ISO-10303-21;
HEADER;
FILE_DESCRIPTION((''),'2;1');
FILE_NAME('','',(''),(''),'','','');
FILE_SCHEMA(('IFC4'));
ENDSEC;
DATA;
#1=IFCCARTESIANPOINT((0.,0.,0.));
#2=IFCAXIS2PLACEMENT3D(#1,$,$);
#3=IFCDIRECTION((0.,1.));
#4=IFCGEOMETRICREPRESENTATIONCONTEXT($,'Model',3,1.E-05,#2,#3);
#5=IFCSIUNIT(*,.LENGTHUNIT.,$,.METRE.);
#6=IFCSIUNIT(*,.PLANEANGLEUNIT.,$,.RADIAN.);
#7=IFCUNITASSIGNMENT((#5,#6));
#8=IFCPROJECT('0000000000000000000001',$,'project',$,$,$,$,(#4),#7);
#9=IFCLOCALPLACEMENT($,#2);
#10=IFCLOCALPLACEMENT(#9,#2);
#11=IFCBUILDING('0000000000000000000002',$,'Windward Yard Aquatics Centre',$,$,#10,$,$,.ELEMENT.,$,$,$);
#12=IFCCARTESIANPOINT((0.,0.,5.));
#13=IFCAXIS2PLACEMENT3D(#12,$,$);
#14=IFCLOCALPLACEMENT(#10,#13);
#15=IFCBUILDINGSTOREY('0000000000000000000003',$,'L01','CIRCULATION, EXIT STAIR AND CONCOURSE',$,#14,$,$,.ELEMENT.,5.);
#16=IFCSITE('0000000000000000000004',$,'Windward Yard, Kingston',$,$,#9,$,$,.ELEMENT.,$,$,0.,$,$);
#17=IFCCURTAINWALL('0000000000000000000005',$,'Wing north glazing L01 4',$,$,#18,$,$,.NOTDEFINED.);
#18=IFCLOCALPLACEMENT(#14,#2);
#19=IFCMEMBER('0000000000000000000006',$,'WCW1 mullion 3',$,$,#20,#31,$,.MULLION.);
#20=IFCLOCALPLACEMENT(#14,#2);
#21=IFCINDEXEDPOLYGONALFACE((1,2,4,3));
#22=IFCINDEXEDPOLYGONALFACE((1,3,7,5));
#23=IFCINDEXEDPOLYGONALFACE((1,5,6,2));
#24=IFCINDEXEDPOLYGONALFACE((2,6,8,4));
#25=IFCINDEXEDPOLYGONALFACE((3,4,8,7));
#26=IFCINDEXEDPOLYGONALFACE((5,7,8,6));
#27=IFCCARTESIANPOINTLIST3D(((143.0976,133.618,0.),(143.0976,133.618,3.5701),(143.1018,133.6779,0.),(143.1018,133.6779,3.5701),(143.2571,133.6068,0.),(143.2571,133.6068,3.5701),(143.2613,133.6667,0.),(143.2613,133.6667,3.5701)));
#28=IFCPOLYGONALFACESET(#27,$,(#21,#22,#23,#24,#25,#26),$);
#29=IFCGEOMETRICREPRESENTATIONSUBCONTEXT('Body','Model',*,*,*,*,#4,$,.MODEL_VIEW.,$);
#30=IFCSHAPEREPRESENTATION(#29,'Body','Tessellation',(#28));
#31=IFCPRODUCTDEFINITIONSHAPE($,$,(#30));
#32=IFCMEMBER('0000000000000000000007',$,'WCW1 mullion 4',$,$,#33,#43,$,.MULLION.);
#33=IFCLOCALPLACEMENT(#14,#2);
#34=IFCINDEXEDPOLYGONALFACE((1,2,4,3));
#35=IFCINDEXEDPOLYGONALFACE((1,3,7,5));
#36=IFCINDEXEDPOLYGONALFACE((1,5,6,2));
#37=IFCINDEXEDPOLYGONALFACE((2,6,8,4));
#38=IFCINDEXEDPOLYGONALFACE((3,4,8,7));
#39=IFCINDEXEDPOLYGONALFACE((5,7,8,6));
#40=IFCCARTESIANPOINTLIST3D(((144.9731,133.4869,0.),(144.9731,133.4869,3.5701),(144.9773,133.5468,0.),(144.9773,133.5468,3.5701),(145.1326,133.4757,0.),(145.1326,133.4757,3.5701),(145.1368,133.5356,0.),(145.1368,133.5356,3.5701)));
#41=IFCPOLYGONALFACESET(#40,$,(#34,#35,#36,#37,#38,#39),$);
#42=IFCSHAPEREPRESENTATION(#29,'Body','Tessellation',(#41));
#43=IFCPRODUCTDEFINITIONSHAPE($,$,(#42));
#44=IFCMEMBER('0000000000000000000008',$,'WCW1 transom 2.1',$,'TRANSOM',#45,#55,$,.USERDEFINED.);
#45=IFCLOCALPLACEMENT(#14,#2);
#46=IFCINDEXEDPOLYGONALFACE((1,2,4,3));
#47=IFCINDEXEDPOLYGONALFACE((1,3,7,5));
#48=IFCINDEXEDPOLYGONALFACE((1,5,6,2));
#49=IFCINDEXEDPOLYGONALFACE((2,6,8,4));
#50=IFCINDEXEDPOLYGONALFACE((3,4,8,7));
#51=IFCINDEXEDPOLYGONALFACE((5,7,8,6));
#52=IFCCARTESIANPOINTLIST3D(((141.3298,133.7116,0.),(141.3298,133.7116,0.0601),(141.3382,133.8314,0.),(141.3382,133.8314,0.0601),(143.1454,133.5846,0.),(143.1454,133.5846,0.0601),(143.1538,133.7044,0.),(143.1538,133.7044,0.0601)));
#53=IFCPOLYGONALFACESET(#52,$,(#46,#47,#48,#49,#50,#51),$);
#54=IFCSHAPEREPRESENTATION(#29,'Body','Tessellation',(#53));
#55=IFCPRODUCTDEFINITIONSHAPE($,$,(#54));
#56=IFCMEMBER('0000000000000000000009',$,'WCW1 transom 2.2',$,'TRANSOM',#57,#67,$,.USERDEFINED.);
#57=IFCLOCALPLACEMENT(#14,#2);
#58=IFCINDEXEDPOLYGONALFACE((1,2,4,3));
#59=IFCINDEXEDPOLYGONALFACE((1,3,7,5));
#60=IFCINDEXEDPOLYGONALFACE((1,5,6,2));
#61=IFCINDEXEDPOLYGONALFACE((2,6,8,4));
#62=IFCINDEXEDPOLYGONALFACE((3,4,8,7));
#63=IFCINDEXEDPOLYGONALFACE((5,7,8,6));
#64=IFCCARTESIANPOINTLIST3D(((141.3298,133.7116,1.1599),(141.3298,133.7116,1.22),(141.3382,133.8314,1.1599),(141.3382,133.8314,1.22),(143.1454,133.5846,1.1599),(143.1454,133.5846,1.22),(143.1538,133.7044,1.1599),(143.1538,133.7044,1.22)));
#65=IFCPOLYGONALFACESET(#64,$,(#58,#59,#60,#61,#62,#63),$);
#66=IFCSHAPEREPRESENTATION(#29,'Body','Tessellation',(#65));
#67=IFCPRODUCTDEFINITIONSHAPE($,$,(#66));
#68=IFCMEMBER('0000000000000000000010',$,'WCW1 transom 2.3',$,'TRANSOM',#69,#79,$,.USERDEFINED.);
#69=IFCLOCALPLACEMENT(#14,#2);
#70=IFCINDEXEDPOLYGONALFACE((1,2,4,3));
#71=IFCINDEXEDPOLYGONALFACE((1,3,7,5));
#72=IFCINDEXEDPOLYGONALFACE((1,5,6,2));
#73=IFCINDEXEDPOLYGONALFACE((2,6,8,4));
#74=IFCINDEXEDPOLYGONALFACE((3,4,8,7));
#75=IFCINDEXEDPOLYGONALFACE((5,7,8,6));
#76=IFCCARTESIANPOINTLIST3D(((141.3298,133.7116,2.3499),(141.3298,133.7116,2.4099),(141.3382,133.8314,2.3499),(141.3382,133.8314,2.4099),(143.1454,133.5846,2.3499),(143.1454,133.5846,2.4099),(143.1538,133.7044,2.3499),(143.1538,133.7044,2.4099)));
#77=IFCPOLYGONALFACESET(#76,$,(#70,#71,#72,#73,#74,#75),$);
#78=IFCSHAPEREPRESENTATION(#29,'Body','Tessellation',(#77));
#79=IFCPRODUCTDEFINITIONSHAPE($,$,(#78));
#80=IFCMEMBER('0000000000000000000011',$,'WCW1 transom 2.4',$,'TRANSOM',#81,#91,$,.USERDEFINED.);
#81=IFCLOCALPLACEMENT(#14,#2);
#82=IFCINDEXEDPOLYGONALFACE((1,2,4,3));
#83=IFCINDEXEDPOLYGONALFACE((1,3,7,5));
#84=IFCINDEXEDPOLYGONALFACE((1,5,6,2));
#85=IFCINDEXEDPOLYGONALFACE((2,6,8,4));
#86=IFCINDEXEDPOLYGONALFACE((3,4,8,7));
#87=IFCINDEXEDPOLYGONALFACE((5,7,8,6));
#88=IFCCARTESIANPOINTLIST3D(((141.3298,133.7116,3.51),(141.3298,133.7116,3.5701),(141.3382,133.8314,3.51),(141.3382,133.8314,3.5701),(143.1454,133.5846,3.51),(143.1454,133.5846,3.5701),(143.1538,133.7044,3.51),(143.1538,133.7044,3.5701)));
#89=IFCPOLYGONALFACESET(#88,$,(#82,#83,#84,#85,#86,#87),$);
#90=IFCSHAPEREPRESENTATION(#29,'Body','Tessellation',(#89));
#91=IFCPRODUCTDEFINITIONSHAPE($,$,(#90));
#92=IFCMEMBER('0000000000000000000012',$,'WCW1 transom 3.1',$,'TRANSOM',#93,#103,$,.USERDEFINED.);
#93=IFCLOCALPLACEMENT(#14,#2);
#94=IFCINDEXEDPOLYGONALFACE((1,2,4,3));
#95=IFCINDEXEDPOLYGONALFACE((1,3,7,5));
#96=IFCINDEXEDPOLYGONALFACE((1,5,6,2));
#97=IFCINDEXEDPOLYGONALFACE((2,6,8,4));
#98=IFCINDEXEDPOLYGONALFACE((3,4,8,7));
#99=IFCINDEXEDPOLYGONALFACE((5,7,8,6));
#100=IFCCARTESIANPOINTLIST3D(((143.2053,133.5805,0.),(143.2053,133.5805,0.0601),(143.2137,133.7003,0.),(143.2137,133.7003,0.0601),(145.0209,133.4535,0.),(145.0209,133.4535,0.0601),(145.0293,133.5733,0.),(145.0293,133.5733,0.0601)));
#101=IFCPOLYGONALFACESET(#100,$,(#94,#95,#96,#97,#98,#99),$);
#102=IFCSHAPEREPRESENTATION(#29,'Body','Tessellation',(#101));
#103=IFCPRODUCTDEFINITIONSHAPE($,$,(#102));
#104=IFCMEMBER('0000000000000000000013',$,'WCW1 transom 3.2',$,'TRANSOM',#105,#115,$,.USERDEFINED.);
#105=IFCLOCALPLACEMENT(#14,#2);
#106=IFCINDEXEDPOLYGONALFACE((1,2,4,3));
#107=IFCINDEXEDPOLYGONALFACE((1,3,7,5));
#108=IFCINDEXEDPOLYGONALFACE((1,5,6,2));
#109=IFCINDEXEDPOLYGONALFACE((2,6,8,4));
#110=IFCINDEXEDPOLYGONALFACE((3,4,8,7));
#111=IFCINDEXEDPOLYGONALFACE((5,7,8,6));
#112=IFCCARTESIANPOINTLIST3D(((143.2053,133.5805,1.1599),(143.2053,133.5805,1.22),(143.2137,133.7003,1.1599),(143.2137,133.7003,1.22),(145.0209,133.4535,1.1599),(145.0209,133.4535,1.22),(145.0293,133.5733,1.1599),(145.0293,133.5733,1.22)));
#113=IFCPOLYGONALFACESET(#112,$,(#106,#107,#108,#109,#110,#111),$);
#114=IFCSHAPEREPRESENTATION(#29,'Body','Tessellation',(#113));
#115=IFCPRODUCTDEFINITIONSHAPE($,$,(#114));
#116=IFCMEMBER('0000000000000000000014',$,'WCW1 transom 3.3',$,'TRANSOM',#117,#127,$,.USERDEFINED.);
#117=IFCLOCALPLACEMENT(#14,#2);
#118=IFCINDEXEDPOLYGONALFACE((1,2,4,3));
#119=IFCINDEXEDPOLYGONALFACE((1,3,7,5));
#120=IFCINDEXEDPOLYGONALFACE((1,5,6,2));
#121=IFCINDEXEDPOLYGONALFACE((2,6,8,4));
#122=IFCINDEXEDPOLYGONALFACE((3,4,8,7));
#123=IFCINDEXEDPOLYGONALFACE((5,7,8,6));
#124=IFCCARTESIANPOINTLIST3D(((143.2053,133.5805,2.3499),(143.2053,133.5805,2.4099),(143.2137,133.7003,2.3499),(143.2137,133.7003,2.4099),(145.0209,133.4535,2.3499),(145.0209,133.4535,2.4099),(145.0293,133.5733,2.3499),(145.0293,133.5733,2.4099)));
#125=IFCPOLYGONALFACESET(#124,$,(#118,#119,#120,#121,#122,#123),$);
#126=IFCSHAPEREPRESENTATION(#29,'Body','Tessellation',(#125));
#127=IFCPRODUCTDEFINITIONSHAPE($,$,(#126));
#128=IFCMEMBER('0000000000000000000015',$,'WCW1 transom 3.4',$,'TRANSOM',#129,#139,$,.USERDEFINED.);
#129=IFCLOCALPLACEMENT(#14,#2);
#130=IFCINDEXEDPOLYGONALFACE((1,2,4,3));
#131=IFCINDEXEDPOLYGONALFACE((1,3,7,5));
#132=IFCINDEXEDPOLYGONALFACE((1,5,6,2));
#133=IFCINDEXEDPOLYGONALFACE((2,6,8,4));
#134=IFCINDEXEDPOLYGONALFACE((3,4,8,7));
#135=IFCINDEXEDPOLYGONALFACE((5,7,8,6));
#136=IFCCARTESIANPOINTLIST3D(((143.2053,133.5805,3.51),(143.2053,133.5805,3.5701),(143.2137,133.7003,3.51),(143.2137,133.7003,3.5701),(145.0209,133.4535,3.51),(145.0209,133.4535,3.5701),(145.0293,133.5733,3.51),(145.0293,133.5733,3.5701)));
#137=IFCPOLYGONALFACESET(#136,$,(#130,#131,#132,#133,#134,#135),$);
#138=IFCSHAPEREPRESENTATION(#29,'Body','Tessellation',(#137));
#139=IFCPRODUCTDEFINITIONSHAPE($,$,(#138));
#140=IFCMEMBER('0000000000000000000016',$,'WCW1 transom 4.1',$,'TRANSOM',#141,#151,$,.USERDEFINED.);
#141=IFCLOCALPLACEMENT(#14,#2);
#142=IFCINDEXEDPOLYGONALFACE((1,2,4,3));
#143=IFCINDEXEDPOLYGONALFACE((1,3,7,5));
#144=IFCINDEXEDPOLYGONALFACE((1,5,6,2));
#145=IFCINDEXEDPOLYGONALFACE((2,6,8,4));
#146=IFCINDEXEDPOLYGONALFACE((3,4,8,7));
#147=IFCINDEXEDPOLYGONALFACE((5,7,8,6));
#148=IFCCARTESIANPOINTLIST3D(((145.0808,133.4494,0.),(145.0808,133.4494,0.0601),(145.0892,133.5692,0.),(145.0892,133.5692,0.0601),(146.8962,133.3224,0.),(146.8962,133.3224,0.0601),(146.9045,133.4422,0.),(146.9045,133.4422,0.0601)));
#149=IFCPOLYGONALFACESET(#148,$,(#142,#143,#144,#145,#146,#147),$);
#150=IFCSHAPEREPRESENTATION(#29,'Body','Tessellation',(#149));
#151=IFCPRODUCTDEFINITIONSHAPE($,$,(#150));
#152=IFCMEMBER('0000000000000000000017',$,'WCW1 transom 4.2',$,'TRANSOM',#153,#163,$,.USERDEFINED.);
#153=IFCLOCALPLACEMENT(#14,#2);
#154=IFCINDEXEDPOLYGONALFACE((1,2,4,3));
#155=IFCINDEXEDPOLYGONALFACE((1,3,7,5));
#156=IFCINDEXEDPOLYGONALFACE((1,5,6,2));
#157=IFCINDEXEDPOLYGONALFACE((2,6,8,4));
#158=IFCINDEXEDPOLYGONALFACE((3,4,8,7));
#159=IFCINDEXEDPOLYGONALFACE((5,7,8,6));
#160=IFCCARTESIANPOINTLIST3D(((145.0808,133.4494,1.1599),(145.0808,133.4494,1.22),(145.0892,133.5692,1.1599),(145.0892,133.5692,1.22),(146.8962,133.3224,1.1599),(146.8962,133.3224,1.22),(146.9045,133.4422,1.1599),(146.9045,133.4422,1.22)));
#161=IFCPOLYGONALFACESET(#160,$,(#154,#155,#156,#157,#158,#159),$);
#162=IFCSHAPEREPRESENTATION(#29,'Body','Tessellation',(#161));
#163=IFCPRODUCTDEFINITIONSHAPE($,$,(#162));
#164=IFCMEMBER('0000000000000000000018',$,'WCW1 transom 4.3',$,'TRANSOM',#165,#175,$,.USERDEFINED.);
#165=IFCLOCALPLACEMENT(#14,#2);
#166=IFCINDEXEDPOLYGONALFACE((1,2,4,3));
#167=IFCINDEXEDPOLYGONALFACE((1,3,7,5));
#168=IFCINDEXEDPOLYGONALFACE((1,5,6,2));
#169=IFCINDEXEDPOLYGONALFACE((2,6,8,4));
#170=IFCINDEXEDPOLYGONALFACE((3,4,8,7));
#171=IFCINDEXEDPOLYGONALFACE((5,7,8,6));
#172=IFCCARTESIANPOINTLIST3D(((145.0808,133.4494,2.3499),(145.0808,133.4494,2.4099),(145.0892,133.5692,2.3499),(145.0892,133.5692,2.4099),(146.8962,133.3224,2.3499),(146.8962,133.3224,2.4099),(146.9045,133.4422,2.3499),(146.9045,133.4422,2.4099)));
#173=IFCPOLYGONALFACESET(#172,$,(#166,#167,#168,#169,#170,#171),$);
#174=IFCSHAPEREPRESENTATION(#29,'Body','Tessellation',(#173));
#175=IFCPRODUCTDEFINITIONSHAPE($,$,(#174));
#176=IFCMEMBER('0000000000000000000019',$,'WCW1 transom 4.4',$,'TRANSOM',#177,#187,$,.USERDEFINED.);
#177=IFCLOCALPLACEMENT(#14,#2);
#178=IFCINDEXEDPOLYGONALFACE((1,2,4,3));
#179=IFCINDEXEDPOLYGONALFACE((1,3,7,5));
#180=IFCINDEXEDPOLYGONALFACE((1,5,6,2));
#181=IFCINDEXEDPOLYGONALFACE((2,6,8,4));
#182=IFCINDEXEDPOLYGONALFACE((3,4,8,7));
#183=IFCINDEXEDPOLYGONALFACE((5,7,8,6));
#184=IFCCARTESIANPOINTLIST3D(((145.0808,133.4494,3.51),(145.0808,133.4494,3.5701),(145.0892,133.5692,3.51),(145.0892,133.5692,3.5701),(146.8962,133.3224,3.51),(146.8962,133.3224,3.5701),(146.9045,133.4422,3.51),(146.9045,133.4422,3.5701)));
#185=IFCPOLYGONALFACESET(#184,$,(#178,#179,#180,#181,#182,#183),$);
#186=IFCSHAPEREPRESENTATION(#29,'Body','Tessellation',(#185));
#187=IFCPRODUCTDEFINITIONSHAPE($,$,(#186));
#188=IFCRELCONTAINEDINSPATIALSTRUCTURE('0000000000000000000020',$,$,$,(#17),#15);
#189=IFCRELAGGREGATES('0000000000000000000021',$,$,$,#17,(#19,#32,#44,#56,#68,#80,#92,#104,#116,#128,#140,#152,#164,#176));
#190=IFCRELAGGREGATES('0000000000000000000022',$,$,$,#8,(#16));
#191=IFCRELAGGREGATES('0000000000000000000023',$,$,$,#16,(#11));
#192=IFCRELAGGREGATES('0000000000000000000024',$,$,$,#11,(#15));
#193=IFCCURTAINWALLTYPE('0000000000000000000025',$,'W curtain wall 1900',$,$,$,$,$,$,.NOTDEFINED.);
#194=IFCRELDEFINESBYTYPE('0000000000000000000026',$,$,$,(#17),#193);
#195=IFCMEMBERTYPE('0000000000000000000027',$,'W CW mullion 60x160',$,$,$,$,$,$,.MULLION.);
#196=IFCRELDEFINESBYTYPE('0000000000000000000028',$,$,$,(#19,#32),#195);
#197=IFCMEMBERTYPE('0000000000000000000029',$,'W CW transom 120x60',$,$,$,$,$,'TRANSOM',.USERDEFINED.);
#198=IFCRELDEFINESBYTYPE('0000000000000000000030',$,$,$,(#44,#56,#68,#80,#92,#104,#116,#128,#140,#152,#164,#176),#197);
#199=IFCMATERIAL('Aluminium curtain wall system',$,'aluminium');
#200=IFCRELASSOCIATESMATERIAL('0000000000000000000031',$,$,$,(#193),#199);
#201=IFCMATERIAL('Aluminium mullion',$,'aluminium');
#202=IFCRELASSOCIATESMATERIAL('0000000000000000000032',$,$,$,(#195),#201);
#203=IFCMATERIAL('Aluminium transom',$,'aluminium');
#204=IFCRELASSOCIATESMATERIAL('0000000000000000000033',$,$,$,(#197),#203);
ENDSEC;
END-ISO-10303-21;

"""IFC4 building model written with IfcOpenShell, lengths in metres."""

from ifc_helpers import new_model, si_unit, direction, frame, origin, origin_2d, place, context, subcontext, project, spatial, rectangle, extrude, material, material_profile, profile_set, type_object, element, aggregate, save


model = new_model("IFC4")

# Units and contexts
model_context = context("Model", 3, precision=1e-05, world=origin(), true_north=direction((0.0, 1.0)))
body_context = subcontext(model_context, "Body", "Model", "MODEL_VIEW")
ifc_project = project(units=[si_unit("LENGTHUNIT", "METRE"), si_unit("PLANEANGLEUNIT", "RADIAN")], contexts=[model_context])

# Site, building, storey
site_placement = place(None, origin())
site = spatial("IfcSite", under=ifc_project, at=site_placement, Name="Windward Yard, Kingston", CompositionType="ELEMENT", RefElevation=0.0)
building_placement = place(site_placement, origin())
building = spatial("IfcBuilding", under=site, at=building_placement, Name="Windward Yard Aquatics Centre", CompositionType="ELEMENT")
storey_placement = place(building_placement, frame((0.0, 0.0, 5.0)))
storey = spatial("IfcBuildingStorey", under=building, at=storey_placement, Name="L01", Description="CIRCULATION, EXIT STAIR AND CONCOURSE", CompositionType="ELEMENT", Elevation=5.0)

# Curtain wall, members
ifc_material_1 = material(Name="Aluminium curtain wall system", Category="aluminium")
curtain_wall_type = type_object("IfcCurtainWallType", Name="W curtain wall 1900", PredefinedType="NOTDEFINED", material=ifc_material_1)
curtain_wall_placement = place(storey_placement, origin())
curtain_wall = element("IfcCurtainWall", 1, at=curtain_wall_placement, inside=storey, type_object=curtain_wall_type, Name="Wing north glazing L01 4", PredefinedType="NOTDEFINED")
ifc_material_2 = material(Name="Aluminium mullion", Category="aluminium")
ifc_material_profile_1 = material_profile(ifc_material_2, rectangle(XDim=0.0601, YDim=0.1599, at=origin_2d()), Name="AL 60x160")
ifc_profile_set_1 = profile_set([ifc_material_profile_1], Name="Aluminium mullion")
member_type_1 = type_object("IfcMemberType", Name="W CW mullion 60x160", PredefinedType="MULLION", material=ifc_profile_set_1)
member_1_placement = place(storey_placement, frame((143.1794, 133.6423, 0.0), z_axis=(0.0, 0.0, 1.0), x_axis=(0.069755, 0.997564, 0.0)))
member_1 = element("IfcMember", 2, at=member_1_placement, type_object=member_type_1, Name="WCW1 mullion 3", PredefinedType="MULLION", context=body_context, shape_type="SweptSolid", body=[
    extrude(rectangle(XDim=0.0601, YDim=0.1599, at=origin_2d()), origin(), (0.0, 0.0, 1.0), 3.5701),
])
member_2_placement = place(storey_placement, frame((145.0549, 133.5112, 0.0), z_axis=(0.0, 0.0, 1.0), x_axis=(0.069755, 0.997564, 0.0)))
member_2 = element("IfcMember", 3, at=member_2_placement, type_object=member_type_1, Name="WCW1 mullion 4", PredefinedType="MULLION", context=body_context, shape_type="SweptSolid", body=[
    extrude(rectangle(XDim=0.0601, YDim=0.1599, at=origin_2d()), origin(), (0.0, 0.0, 1.0), 3.5701),
])
ifc_material_3 = material(Name="Aluminium transom", Category="aluminium")
ifc_material_profile_2 = material_profile(ifc_material_3, rectangle(XDim=0.1201, YDim=0.0601, at=origin_2d()), Name="AL 120x60")
ifc_profile_set_2 = profile_set([ifc_material_profile_2], Name="Aluminium transom")
member_type_2 = type_object("IfcMemberType", Name="W CW transom 120x60", ElementType="TRANSOM", PredefinedType="USERDEFINED", material=ifc_profile_set_2)
member_3_placement = place(storey_placement, frame((141.334, 133.7715, 0.03), z_axis=(0.997564, -0.06975, 0.0), x_axis=(0.06975, 0.997564, 0.0)))
member_3 = element("IfcMember", 4, at=member_3_placement, type_object=member_type_2, Name="WCW1 transom 2.1", ObjectType="TRANSOM", PredefinedType="USERDEFINED", context=body_context, shape_type="SweptSolid", body=[
    extrude(rectangle(XDim=0.1201, YDim=0.0601, at=origin_2d()), origin(), (0.0, 0.0, 1.0), 1.8201),
])
member_4_placement = place(storey_placement, frame((141.334, 133.7715, 1.1899), z_axis=(0.997564, -0.06975, 0.0), x_axis=(0.06975, 0.997564, 0.0)))
member_4 = element("IfcMember", 5, at=member_4_placement, type_object=member_type_2, Name="WCW1 transom 2.2", ObjectType="TRANSOM", PredefinedType="USERDEFINED", context=body_context, shape_type="SweptSolid", body=[
    extrude(rectangle(XDim=0.1201, YDim=0.0601, at=origin_2d()), origin(), (0.0, 0.0, 1.0), 1.8201),
])
member_5_placement = place(storey_placement, frame((141.334, 133.7715, 2.3799), z_axis=(0.997564, -0.06975, 0.0), x_axis=(0.06975, 0.997564, 0.0)))
member_5 = element("IfcMember", 6, at=member_5_placement, type_object=member_type_2, Name="WCW1 transom 2.3", ObjectType="TRANSOM", PredefinedType="USERDEFINED", context=body_context, shape_type="SweptSolid", body=[
    extrude(rectangle(XDim=0.1201, YDim=0.0601, at=origin_2d()), origin(), (0.0, 0.0, 1.0), 1.8201),
])
member_6_placement = place(storey_placement, frame((141.334, 133.7715, 3.54), z_axis=(0.997564, -0.06975, 0.0), x_axis=(0.06975, 0.997564, 0.0)))
member_6 = element("IfcMember", 7, at=member_6_placement, type_object=member_type_2, Name="WCW1 transom 2.4", ObjectType="TRANSOM", PredefinedType="USERDEFINED", context=body_context, shape_type="SweptSolid", body=[
    extrude(rectangle(XDim=0.1201, YDim=0.0601, at=origin_2d()), origin(), (0.0, 0.0, 1.0), 1.8201),
])
member_7_placement = place(storey_placement, frame((143.2095, 133.6404, 0.03), z_axis=(0.997564, -0.06975, 0.0), x_axis=(0.06975, 0.997564, 0.0)))
member_7 = element("IfcMember", 8, at=member_7_placement, type_object=member_type_2, Name="WCW1 transom 3.1", ObjectType="TRANSOM", PredefinedType="USERDEFINED", context=body_context, shape_type="SweptSolid", body=[
    extrude(rectangle(XDim=0.1201, YDim=0.0601, at=origin_2d()), origin(), (0.0, 0.0, 1.0), 1.8201),
])
member_8_placement = place(storey_placement, frame((143.2095, 133.6404, 1.1899), z_axis=(0.997564, -0.06975, 0.0), x_axis=(0.06975, 0.997564, 0.0)))
member_8 = element("IfcMember", 9, at=member_8_placement, type_object=member_type_2, Name="WCW1 transom 3.2", ObjectType="TRANSOM", PredefinedType="USERDEFINED", context=body_context, shape_type="SweptSolid", body=[
    extrude(rectangle(XDim=0.1201, YDim=0.0601, at=origin_2d()), origin(), (0.0, 0.0, 1.0), 1.8201),
])
member_9_placement = place(storey_placement, frame((143.2095, 133.6404, 2.3799), z_axis=(0.997564, -0.06975, 0.0), x_axis=(0.06975, 0.997564, 0.0)))
member_9 = element("IfcMember", 10, at=member_9_placement, type_object=member_type_2, Name="WCW1 transom 3.3", ObjectType="TRANSOM", PredefinedType="USERDEFINED", context=body_context, shape_type="SweptSolid", body=[
    extrude(rectangle(XDim=0.1201, YDim=0.0601, at=origin_2d()), origin(), (0.0, 0.0, 1.0), 1.8201),
])
member_10_placement = place(storey_placement, frame((143.2095, 133.6404, 3.54), z_axis=(0.997564, -0.06975, 0.0), x_axis=(0.06975, 0.997564, 0.0)))
member_10 = element("IfcMember", 11, at=member_10_placement, type_object=member_type_2, Name="WCW1 transom 3.4", ObjectType="TRANSOM", PredefinedType="USERDEFINED", context=body_context, shape_type="SweptSolid", body=[
    extrude(rectangle(XDim=0.1201, YDim=0.0601, at=origin_2d()), origin(), (0.0, 0.0, 1.0), 1.8201),
])
member_11_placement = place(storey_placement, frame((145.085, 133.5093, 0.03), z_axis=(0.997564, -0.06976, 0.0), x_axis=(0.06976, 0.997564, 0.0)))
member_11 = element("IfcMember", 12, at=member_11_placement, type_object=member_type_2, Name="WCW1 transom 4.1", ObjectType="TRANSOM", PredefinedType="USERDEFINED", context=body_context, shape_type="SweptSolid", body=[
    extrude(rectangle(XDim=0.1201, YDim=0.0601, at=origin_2d()), origin(), (0.0, 0.0, 1.0), 1.8198),
])
member_12_placement = place(storey_placement, frame((145.085, 133.5093, 1.1899), z_axis=(0.997564, -0.06976, 0.0), x_axis=(0.06976, 0.997564, 0.0)))
member_12 = element("IfcMember", 13, at=member_12_placement, type_object=member_type_2, Name="WCW1 transom 4.2", ObjectType="TRANSOM", PredefinedType="USERDEFINED", context=body_context, shape_type="SweptSolid", body=[
    extrude(rectangle(XDim=0.1201, YDim=0.0601, at=origin_2d()), origin(), (0.0, 0.0, 1.0), 1.8198),
])
member_13_placement = place(storey_placement, frame((145.085, 133.5093, 2.3799), z_axis=(0.997564, -0.06976, 0.0), x_axis=(0.06976, 0.997564, 0.0)))
member_13 = element("IfcMember", 14, at=member_13_placement, type_object=member_type_2, Name="WCW1 transom 4.3", ObjectType="TRANSOM", PredefinedType="USERDEFINED", context=body_context, shape_type="SweptSolid", body=[
    extrude(rectangle(XDim=0.1201, YDim=0.0601, at=origin_2d()), origin(), (0.0, 0.0, 1.0), 1.8198),
])
member_14_placement = place(storey_placement, frame((145.085, 133.5093, 3.54), z_axis=(0.997564, -0.06976, 0.0), x_axis=(0.06976, 0.997564, 0.0)))
member_14 = element("IfcMember", 15, at=member_14_placement, type_object=member_type_2, Name="WCW1 transom 4.4", ObjectType="TRANSOM", PredefinedType="USERDEFINED", context=body_context, shape_type="SweptSolid", body=[
    extrude(rectangle(XDim=0.1201, YDim=0.0601, at=origin_2d()), origin(), (0.0, 0.0, 1.0), 1.8198),
])
aggregate(curtain_wall, [member_1, member_2, member_3, member_4, member_5, member_6, member_7, member_8, member_9, member_10, member_11, member_12, member_13, member_14])

save(model, "model.ifc")
